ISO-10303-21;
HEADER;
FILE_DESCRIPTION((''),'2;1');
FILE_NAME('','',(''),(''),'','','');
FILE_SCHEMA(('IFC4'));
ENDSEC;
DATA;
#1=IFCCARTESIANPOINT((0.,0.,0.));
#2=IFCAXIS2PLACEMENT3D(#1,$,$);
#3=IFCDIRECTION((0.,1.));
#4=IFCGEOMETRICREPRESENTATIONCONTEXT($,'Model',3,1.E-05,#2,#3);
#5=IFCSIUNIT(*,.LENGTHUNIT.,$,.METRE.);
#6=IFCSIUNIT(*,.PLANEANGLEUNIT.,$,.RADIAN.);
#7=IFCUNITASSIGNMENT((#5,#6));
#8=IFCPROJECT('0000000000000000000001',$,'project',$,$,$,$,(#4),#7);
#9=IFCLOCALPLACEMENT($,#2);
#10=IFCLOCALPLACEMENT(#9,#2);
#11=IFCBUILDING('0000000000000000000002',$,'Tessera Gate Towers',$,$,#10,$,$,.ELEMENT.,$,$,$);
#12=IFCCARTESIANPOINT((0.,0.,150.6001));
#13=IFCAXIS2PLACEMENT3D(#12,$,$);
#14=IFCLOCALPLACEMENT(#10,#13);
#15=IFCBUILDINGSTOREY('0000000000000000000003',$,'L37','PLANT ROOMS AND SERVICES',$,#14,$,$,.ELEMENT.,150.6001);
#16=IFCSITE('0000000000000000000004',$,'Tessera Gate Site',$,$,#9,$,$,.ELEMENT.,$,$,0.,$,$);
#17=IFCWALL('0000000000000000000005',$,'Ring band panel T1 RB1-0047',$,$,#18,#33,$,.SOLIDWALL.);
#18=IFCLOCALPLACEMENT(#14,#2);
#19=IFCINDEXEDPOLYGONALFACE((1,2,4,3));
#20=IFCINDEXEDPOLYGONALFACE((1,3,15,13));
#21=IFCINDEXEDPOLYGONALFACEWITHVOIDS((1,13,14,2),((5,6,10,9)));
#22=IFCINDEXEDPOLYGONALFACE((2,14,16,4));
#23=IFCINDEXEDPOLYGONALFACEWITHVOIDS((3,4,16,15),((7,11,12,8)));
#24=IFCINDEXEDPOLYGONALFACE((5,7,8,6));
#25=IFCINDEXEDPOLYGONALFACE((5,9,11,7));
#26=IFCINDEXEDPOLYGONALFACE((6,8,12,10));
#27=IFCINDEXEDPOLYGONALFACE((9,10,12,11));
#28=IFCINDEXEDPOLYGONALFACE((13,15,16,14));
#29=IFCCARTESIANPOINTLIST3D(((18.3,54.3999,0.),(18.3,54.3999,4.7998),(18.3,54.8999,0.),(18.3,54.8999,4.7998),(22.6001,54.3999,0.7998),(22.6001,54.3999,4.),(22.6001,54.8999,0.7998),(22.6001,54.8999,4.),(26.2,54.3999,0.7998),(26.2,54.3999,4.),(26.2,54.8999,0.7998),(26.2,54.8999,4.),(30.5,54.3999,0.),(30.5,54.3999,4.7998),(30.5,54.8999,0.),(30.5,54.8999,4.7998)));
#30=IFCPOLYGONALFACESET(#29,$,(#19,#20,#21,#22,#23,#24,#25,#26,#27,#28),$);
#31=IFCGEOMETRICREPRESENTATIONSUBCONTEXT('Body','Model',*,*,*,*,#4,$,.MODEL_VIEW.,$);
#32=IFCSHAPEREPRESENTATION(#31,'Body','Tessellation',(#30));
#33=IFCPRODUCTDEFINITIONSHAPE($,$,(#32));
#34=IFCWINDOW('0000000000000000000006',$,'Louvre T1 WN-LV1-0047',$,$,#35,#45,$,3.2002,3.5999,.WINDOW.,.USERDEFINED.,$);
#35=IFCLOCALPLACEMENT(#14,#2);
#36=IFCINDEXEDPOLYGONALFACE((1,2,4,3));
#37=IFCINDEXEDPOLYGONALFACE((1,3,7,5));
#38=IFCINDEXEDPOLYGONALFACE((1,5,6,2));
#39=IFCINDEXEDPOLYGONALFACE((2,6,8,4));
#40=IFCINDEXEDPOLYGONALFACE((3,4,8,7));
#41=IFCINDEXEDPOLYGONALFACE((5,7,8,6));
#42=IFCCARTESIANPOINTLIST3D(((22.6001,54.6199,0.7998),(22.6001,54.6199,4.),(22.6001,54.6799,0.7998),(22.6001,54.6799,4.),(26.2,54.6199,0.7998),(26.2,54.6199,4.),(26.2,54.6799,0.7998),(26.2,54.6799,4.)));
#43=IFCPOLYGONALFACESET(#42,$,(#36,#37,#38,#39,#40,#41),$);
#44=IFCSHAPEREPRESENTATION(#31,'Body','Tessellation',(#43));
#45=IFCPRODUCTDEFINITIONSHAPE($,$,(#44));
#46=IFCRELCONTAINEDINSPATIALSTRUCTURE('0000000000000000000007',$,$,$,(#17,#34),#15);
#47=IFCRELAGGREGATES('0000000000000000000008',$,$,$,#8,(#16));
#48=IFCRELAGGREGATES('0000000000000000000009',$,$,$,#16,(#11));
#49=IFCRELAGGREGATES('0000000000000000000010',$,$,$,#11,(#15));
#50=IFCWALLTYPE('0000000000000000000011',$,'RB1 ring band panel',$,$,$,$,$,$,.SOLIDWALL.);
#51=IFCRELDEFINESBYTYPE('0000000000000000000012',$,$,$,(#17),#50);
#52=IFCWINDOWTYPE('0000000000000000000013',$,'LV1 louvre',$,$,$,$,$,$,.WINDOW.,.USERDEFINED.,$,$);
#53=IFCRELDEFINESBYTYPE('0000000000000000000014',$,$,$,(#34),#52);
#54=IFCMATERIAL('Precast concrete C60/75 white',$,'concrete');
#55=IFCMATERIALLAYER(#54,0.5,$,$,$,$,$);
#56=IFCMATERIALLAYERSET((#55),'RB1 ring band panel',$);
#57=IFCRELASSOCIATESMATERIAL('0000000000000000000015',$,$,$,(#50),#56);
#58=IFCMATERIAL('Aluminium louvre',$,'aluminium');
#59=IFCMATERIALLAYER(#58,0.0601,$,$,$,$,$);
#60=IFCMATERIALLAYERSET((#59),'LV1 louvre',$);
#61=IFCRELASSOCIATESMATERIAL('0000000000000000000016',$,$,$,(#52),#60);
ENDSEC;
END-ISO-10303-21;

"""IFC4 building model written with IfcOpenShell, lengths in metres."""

from ifc_helpers import new_model, si_unit, direction, frame, origin, place, context, subcontext, project, spatial, polyline, outline, extrude, source, transform, mapped, material, layer, layer_set, type_object, element, fill, save


model = new_model("IFC4")

# Units and contexts
model_context = context("Model", 3, precision=1e-05, world=origin(), true_north=direction((0.0, 1.0)))
body_context = subcontext(model_context, "Body", "Model", "MODEL_VIEW")
ifc_project = project(units=[si_unit("LENGTHUNIT", "METRE"), si_unit("PLANEANGLEUNIT", "RADIAN")], contexts=[model_context])

# Site, building, storey
site_placement = place(None, origin())
site = spatial("IfcSite", under=ifc_project, at=site_placement, Name="Tessera Gate Site", CompositionType="ELEMENT", RefElevation=0.0)
building_placement = place(site_placement, origin())
building = spatial("IfcBuilding", under=site, at=building_placement, Name="Tessera Gate Towers", CompositionType="ELEMENT")
storey_placement = place(building_placement, frame((0.0, 0.0, 150.6001)))
storey = spatial("IfcBuildingStorey", under=building, at=storey_placement, Name="L37", Description="PLANT ROOMS AND SERVICES", CompositionType="ELEMENT", Elevation=150.6001)

# Wall, opening, window
ifc_material_1 = material(Name="Precast concrete C60/75 white", Category="concrete")
ifc_layer_1 = layer(ifc_material_1, 0.5)
ifc_layer_set_1 = layer_set([ifc_layer_1], Name="RB1 ring band panel")
wall_type_1 = type_object("IfcWallType", Name="RB1 ring band panel", PredefinedType="SOLIDWALL", material=ifc_layer_set_1)
shared_shape_1 = source(origin(), body_context, "Body", "SweptSolid", [
    extrude(outline(polyline([(0.0, 0.0), (12.2, 0.0), (12.2, 4.7998), (0.0, 4.7998), (0.0, 0.0)])), frame((0.0, 0.25, 0.0), z_axis=(0.0, -1.0, 0.0), x_axis=(1.0, 0.0, 0.0)), (0.0, 0.0, 1.0), 0.5),
])
wall_1_placement = place(storey_placement, frame((30.5, 54.6499, 0.0), z_axis=(0.0, 0.0, 1.0), x_axis=(-1.0, 0.0, 0.0)))
wall_1 = element("IfcWall", 1, at=wall_1_placement, inside=storey, type_object=wall_type_1, Name="Ring band panel T1 RB1-0047", PredefinedType="SOLIDWALL", context=body_context, shape_type="MappedRepresentation", body=[
    mapped(shared_shape_1, transform((0.0, 0.0, 0.0), scale=1.0)),
])
shared_shape_2 = source(origin(), body_context, "Body", "SweptSolid", [
    extrude(outline(polyline([(4.3, 0.7998), (7.8999, 0.7998), (7.8999, 4.0), (4.3, 4.0), (4.3, 0.7998)])), frame((0.0, 0.26, 0.0), z_axis=(0.0, -1.0, 0.0), x_axis=(1.0, 0.0, 0.0)), (0.0, 0.0, 1.0), 0.52),
])
opening_1_placement = place(wall_1_placement, origin())
opening_1 = element("IfcOpeningElement", 2, at=opening_1_placement, cuts=wall_1, PredefinedType="OPENING", context=body_context, shape_type="MappedRepresentation", body=[
    mapped(shared_shape_2, transform((0.0, 0.0, 0.0), scale=1.0)),
])
ifc_material_2 = material(Name="Aluminium louvre", Category="aluminium")
ifc_layer_2 = layer(ifc_material_2, 0.0601)
ifc_layer_set_2 = layer_set([ifc_layer_2], Name="LV1 louvre")
window_type = type_object("IfcWindowType", Name="LV1 louvre", PartitioningType="USERDEFINED", PredefinedType="WINDOW", material=ifc_layer_set_2)
shared_shape_3 = source(origin(), body_context, "Body", "SweptSolid", [
    extrude(outline(polyline([(4.3, 0.7998), (7.8999, 0.7998), (7.8999, 4.0), (4.3, 4.0), (4.3, 0.7998)])), frame((0.0, 0.03, 0.0), z_axis=(0.0, -1.0, 0.0), x_axis=(1.0, 0.0, 0.0)), (0.0, 0.0, 1.0), 0.0601),
])
window_placement = place(opening_1_placement, origin())
window = element("IfcWindow", 3, at=window_placement, inside=storey, type_object=window_type, Name="Louvre T1 WN-LV1-0047", OverallHeight=3.2002, OverallWidth=3.5999, PartitioningType="USERDEFINED", PredefinedType="WINDOW", context=body_context, shape_type="MappedRepresentation", body=[
    mapped(shared_shape_3, transform((0.0, 0.0, 0.0), scale=1.0)),
])
fill(opening_1, window)

save(model, "model.ifc")
